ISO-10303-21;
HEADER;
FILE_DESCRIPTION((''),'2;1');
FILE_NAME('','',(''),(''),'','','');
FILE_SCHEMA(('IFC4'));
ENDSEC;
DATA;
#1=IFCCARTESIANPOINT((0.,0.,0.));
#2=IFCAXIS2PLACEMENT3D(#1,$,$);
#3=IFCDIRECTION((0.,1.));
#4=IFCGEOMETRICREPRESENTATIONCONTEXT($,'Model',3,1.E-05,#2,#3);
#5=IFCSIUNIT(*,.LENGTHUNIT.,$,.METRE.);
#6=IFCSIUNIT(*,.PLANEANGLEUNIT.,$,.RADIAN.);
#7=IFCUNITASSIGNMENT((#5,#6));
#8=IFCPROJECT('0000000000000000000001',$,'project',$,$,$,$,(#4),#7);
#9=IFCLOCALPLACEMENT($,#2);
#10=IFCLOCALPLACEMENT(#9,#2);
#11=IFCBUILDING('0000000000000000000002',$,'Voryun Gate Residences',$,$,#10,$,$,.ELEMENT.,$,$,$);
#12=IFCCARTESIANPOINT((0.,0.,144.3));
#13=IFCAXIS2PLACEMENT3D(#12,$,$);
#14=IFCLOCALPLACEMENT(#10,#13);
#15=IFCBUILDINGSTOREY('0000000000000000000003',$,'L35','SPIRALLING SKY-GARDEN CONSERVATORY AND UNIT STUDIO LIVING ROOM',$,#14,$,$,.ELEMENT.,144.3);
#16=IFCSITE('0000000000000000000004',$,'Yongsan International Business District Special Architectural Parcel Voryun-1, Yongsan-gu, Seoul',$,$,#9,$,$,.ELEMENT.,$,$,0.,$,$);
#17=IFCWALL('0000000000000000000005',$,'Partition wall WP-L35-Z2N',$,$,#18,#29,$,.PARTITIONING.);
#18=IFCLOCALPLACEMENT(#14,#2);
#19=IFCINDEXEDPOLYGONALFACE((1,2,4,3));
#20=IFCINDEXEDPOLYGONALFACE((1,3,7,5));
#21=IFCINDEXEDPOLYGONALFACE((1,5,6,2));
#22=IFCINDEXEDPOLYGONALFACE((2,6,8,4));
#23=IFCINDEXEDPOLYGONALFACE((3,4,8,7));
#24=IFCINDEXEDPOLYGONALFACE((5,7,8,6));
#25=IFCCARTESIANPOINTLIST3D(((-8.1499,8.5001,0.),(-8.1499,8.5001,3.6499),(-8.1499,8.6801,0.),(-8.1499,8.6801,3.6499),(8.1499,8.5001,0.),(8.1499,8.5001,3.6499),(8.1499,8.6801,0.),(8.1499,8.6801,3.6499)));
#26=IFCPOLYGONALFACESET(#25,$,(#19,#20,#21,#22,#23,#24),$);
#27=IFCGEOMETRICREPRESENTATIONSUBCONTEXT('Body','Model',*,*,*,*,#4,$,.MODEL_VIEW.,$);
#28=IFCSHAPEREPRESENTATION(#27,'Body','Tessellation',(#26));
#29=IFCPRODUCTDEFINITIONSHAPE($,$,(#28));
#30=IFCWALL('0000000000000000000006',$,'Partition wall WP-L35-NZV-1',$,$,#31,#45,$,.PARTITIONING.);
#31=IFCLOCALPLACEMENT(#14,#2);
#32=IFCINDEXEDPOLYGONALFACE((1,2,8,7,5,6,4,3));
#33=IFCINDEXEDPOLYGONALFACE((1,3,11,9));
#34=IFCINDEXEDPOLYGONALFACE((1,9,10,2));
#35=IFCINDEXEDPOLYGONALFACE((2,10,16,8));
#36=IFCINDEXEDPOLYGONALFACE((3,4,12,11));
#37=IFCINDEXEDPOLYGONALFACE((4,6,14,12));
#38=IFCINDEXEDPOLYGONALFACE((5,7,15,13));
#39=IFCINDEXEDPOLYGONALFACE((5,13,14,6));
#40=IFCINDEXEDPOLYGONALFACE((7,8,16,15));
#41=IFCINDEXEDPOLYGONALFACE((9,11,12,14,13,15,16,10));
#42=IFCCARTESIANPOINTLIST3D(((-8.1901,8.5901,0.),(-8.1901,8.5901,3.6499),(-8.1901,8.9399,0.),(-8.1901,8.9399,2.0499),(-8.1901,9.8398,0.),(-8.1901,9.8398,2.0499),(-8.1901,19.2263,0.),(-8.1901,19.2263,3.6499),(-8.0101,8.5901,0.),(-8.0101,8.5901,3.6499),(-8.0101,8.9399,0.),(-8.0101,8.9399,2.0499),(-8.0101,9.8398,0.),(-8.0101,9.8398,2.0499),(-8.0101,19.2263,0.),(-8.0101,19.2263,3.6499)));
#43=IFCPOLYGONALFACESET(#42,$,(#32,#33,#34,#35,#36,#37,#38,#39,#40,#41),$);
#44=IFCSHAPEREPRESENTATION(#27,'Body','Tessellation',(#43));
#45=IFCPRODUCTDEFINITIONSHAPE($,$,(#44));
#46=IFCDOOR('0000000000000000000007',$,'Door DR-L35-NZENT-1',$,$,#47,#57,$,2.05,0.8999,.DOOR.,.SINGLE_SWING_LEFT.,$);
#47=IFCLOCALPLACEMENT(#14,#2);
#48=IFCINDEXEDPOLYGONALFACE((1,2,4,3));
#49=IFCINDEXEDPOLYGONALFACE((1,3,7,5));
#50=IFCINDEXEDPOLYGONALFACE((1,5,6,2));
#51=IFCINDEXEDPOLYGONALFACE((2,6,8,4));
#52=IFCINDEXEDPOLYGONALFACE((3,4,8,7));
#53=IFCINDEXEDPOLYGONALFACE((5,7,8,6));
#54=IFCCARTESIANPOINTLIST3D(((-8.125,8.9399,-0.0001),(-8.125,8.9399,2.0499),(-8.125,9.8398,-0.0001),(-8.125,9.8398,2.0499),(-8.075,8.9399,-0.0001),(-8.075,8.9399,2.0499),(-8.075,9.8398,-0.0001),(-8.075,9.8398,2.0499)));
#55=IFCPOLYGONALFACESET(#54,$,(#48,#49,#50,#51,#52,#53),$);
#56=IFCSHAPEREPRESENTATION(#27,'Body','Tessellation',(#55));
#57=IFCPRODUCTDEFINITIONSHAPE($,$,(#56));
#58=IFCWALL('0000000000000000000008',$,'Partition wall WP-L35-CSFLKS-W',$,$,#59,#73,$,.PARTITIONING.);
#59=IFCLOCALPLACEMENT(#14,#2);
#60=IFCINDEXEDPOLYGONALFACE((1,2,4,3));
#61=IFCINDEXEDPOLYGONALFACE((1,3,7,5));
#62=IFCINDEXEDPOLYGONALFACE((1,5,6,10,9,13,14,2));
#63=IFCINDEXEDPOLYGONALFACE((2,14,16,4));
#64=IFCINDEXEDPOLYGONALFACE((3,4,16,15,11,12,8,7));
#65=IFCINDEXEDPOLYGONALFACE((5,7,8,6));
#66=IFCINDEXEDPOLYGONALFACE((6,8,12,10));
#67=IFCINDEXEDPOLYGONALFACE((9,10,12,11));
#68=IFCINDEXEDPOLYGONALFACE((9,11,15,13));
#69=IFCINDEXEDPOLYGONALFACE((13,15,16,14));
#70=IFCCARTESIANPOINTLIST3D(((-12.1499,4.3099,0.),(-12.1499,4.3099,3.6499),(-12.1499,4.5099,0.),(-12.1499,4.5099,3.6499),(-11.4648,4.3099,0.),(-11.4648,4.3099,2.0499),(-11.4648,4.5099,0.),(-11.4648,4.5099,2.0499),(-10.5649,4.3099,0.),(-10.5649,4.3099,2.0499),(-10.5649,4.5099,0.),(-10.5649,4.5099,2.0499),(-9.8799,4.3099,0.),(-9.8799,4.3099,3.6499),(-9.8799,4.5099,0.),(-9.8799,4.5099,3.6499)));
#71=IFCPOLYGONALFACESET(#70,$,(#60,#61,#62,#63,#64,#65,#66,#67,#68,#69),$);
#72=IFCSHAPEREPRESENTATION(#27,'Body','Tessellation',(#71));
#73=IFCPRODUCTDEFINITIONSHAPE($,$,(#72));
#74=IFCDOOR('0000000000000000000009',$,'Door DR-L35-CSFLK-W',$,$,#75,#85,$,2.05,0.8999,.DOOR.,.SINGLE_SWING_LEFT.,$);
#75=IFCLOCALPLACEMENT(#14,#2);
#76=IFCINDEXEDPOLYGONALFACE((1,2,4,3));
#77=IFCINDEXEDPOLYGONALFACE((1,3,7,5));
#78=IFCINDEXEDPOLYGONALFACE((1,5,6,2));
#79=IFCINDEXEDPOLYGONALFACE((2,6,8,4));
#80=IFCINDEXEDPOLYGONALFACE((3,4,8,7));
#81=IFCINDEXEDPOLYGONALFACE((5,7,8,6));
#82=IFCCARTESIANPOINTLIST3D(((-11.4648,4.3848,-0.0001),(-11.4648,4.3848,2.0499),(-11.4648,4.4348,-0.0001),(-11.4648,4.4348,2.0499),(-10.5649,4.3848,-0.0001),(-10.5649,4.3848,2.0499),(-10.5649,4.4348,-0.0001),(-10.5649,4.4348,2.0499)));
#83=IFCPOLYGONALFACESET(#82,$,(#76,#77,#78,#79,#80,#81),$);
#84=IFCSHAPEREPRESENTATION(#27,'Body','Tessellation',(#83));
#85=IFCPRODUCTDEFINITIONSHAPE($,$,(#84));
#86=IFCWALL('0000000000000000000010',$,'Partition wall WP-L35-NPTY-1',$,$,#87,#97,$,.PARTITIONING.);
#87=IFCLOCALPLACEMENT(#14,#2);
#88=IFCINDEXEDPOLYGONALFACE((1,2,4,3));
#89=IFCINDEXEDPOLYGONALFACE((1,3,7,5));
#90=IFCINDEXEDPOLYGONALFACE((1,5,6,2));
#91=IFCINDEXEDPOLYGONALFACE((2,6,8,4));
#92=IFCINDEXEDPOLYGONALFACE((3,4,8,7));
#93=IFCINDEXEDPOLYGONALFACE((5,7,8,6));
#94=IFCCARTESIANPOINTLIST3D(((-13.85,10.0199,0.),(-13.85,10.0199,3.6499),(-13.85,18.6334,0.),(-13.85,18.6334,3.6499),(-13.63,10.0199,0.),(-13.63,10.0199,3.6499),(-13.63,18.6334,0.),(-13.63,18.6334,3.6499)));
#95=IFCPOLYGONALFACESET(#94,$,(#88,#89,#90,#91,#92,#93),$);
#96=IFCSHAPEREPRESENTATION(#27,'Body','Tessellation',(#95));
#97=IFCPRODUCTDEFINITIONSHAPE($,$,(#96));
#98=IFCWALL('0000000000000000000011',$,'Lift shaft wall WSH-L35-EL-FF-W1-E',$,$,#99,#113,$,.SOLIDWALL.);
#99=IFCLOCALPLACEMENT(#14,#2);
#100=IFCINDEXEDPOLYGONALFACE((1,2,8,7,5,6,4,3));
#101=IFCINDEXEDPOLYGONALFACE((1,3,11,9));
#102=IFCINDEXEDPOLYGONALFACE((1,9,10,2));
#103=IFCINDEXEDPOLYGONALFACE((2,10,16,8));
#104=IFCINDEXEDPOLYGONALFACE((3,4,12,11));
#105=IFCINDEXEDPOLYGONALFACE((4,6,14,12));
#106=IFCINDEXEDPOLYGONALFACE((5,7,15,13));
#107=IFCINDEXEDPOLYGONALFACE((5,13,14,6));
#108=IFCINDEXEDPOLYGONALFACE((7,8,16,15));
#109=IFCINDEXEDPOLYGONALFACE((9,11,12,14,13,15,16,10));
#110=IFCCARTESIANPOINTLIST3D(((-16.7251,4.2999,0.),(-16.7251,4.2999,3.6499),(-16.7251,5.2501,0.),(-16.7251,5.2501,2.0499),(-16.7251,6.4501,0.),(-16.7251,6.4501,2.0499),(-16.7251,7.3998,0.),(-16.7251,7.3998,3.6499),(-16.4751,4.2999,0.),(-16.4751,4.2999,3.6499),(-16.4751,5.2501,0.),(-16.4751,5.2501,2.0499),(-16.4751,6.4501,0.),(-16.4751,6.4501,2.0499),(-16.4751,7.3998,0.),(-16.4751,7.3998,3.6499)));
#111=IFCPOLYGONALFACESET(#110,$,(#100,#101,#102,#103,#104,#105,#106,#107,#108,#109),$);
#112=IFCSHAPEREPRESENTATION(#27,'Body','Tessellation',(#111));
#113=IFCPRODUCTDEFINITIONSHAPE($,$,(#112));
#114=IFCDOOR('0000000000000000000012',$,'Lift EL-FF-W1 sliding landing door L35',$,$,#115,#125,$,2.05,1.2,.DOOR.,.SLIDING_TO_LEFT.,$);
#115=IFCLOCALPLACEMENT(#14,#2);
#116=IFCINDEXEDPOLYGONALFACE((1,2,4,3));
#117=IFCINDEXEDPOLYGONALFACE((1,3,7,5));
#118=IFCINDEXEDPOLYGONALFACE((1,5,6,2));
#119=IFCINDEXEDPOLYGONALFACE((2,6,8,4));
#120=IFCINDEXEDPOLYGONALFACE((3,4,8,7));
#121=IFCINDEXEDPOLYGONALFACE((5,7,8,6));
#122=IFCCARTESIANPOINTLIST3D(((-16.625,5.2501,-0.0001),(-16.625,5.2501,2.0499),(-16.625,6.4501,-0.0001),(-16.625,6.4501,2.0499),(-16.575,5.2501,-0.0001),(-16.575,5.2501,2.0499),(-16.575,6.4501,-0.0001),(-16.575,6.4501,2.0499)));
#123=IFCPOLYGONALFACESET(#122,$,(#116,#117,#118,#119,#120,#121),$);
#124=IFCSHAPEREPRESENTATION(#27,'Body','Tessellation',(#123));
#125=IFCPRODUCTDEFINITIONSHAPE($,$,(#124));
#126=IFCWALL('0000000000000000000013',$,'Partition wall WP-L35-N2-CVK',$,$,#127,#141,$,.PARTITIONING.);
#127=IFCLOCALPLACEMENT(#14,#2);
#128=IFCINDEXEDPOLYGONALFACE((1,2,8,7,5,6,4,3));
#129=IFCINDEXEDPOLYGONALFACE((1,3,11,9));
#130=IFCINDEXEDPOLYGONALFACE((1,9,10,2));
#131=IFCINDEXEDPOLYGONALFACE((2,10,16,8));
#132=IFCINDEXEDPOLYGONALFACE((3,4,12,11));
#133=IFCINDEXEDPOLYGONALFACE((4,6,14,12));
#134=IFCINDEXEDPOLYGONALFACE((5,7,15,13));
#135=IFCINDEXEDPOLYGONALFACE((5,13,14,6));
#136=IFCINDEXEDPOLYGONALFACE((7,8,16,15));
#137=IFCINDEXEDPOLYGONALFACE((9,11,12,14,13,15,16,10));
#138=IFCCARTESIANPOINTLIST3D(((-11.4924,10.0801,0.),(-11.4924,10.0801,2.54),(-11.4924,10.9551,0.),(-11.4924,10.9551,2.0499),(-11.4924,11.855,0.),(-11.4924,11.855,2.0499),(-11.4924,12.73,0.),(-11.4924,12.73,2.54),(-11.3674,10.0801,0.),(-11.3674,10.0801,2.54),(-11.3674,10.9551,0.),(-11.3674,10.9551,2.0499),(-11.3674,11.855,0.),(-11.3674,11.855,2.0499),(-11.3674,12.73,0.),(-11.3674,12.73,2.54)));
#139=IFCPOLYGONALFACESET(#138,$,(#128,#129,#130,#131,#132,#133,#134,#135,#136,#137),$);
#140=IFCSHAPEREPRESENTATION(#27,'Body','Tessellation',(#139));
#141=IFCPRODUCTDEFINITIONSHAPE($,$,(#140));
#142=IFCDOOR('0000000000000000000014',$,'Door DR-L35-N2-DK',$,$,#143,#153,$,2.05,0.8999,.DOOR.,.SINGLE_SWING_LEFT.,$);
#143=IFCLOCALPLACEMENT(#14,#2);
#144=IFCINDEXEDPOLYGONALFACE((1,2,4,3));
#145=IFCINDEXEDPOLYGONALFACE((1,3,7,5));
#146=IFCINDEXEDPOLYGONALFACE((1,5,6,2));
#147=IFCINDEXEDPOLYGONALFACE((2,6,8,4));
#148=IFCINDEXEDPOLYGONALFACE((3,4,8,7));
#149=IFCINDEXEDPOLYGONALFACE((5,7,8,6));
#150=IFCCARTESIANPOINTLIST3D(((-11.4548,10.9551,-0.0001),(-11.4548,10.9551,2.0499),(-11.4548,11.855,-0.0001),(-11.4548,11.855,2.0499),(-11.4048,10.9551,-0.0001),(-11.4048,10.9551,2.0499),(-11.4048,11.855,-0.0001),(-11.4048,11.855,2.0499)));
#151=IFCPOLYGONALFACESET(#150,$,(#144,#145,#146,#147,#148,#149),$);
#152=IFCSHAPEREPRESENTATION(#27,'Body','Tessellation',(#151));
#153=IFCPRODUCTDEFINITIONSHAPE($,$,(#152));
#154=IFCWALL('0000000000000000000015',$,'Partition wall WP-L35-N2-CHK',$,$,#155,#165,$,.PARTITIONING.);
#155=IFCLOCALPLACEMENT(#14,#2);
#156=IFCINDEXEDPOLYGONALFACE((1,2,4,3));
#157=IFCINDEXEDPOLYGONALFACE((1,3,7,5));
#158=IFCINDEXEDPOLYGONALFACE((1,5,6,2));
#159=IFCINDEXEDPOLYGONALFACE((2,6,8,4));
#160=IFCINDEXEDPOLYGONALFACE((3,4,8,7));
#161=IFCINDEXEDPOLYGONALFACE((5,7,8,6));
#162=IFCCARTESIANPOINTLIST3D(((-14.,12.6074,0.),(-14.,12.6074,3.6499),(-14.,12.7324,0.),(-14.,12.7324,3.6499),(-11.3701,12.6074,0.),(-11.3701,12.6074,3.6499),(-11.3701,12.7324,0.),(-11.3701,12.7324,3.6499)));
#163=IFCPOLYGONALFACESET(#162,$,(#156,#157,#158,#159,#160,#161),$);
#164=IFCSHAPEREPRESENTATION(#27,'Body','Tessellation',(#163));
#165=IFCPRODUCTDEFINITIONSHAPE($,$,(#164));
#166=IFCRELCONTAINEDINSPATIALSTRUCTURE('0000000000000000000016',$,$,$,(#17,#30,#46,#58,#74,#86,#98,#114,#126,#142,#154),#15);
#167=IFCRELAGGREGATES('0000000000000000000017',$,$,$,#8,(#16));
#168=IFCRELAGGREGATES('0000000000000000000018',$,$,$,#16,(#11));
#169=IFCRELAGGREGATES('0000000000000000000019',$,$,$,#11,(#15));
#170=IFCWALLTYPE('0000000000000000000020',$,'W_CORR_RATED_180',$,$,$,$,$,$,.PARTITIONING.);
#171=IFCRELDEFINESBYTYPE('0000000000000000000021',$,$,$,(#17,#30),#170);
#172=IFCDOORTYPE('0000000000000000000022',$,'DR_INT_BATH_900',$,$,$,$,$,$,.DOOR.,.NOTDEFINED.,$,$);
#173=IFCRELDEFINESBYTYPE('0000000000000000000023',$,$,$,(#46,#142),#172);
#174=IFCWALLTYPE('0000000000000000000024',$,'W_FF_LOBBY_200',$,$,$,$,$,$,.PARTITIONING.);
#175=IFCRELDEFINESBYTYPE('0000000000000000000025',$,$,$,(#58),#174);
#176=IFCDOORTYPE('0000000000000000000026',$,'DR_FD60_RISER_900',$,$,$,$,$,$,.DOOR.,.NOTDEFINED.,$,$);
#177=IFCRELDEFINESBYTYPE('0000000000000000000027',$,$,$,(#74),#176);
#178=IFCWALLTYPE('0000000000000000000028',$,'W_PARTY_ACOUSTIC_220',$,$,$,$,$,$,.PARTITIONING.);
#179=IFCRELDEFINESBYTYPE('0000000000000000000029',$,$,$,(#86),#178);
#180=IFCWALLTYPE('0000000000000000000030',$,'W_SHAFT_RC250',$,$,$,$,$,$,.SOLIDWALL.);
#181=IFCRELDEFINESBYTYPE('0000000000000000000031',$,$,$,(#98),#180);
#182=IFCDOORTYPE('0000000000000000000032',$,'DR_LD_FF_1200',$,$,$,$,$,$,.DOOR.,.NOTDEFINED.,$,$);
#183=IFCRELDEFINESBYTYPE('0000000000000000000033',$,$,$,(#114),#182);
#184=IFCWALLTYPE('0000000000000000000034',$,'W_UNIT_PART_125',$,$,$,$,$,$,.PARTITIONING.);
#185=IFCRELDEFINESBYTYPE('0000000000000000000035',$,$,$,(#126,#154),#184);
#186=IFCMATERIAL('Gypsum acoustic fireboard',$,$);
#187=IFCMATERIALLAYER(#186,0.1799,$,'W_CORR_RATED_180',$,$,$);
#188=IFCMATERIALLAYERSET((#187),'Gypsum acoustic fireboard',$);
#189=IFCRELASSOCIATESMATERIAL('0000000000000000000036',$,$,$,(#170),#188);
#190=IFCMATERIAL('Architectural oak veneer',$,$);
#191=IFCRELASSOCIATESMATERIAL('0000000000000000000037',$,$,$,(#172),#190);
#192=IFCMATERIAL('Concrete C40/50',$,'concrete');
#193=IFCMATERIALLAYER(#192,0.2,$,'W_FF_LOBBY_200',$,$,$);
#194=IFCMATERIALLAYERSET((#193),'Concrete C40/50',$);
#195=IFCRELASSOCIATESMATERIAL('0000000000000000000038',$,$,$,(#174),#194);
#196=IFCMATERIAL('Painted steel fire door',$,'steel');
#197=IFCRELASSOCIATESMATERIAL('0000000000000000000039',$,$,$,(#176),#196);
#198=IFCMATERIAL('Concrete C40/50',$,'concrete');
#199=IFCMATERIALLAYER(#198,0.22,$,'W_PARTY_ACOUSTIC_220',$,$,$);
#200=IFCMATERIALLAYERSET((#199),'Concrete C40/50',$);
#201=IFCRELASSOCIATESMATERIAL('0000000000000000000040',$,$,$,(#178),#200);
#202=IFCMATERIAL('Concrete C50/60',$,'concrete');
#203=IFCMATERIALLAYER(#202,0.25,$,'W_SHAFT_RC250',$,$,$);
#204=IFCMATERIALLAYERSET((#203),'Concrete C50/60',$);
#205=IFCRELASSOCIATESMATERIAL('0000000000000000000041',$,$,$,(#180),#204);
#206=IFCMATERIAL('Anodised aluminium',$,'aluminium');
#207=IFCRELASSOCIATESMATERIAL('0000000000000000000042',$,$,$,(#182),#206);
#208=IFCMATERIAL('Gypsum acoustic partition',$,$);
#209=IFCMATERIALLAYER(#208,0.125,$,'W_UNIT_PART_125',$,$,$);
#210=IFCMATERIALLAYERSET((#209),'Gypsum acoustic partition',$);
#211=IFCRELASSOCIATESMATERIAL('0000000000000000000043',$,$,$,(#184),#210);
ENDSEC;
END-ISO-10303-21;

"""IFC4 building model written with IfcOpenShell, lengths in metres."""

from ifc_helpers import new_model, si_unit, direction, frame, frame_2d, origin, place, context, subcontext, project, spatial, rectangle, extrude, material, layer, layer_set, type_object, element, fill, save


model = new_model("IFC4")

# Units and contexts
model_context = context("Model", 3, precision=1e-05, world=origin(), true_north=direction((0.0, 1.0)))
body_context = subcontext(model_context, "Body", "Model", "MODEL_VIEW")
ifc_project = project(units=[si_unit("LENGTHUNIT", "METRE"), si_unit("PLANEANGLEUNIT", "RADIAN")], contexts=[model_context])

# Site, building, storey
site_placement = place(None, origin())
site = spatial("IfcSite", under=ifc_project, at=site_placement, Name="Yongsan International Business District Special Architectural Parcel Voryun-1, Yongsan-gu, Seoul", CompositionType="ELEMENT", RefElevation=0.0)
building_placement = place(site_placement, origin())
building = spatial("IfcBuilding", under=site, at=building_placement, Name="Voryun Gate Residences", CompositionType="ELEMENT")
storey_placement = place(building_placement, frame((0.0, 0.0, 144.3)))
storey = spatial("IfcBuildingStorey", under=building, at=storey_placement, Name="L35", Description="SPIRALLING SKY-GARDEN CONSERVATORY AND UNIT STUDIO LIVING ROOM", CompositionType="ELEMENT", Elevation=144.3)

# Wall
ifc_material_1 = material(Name="Gypsum acoustic fireboard")
ifc_layer_1 = layer(ifc_material_1, 0.1799, Name="W_CORR_RATED_180")
ifc_layer_set_1 = layer_set([ifc_layer_1], Name="Gypsum acoustic fireboard")
wall_type_1 = type_object("IfcWallType", Name="W_CORR_RATED_180", PredefinedType="PARTITIONING", material=ifc_layer_set_1)
wall_1_placement = place(storey_placement, frame((-8.1499, 8.5901, 0.0), z_axis=(0.0, 0.0, 1.0), x_axis=(1.0, 0.0, 0.0)))
element("IfcWall", 1, at=wall_1_placement, inside=storey, type_object=wall_type_1, Name="Partition wall WP-L35-Z2N", PredefinedType="PARTITIONING", context=body_context, shape_type="SweptSolid", body=[
    extrude(rectangle(XDim=16.2998, YDim=0.1799, at=frame_2d((8.1499, 0.0))), origin(), (0.0, 0.0, 1.0), 3.6499),
])

# Walls, openings, doors
wall_2_placement = place(storey_placement, frame((-8.1001, 8.5901, 0.0), z_axis=(0.0, 0.0, 1.0), x_axis=(0.0, 1.0, 0.0)))
wall_2 = element("IfcWall", 2, at=wall_2_placement, inside=storey, type_object=wall_type_1, Name="Partition wall WP-L35-NZV-1", PredefinedType="PARTITIONING", context=body_context, shape_type="SweptSolid", body=[
    extrude(rectangle(XDim=10.6362, YDim=0.1799, at=frame_2d((5.3181, 0.0))), origin(), (0.0, 0.0, 1.0), 3.6499),
])
opening_1_placement = place(wall_2_placement, frame((0.3499, 0.0, 0.0)))
opening_1 = element("IfcOpeningElement", 3, at=opening_1_placement, cuts=wall_2, PredefinedType="OPENING", context=body_context, shape_type="SweptSolid", body=[
    extrude(rectangle(XDim=0.8999, YDim=2.05, at=frame_2d((0.45, 1.0249))), frame((0.0, 0.0999, 0.0), z_axis=(0.0, -1.0, 0.0), x_axis=(1.0, 0.0, 0.0)), (0.0, 0.0, 1.0), 0.2),
])
ifc_material_2 = material(Name="Architectural oak veneer")
door_type_1 = type_object("IfcDoorType", Name="DR_INT_BATH_900", OperationType="NOTDEFINED", PredefinedType="DOOR", material=ifc_material_2)
door_1_placement = place(opening_1_placement, origin())
door_1 = element("IfcDoor", 4, at=door_1_placement, inside=storey, type_object=door_type_1, Name="Door DR-L35-NZENT-1", OperationType="SINGLE_SWING_LEFT", OverallHeight=2.05, OverallWidth=0.8999, PredefinedType="DOOR", context=body_context, shape_type="SweptSolid", body=[
    extrude(rectangle(XDim=0.8999, YDim=2.05, at=frame_2d((0.45, 1.0249))), frame((0.0, 0.0249, 0.0), z_axis=(0.0, -1.0, 0.0), x_axis=(1.0, 0.0, 0.0)), (0.0, 0.0, 1.0), 0.05),
])
fill(opening_1, door_1)
ifc_material_3 = material(Name="Concrete C40/50", Category="concrete")
ifc_layer_2 = layer(ifc_material_3, 0.2, Name="W_FF_LOBBY_200")
ifc_layer_set_2 = layer_set([ifc_layer_2], Name="Concrete C40/50")
wall_type_2 = type_object("IfcWallType", Name="W_FF_LOBBY_200", PredefinedType="PARTITIONING", material=ifc_layer_set_2)
wall_3_placement = place(storey_placement, frame((-12.1499, 4.4099, 0.0), z_axis=(0.0, 0.0, 1.0), x_axis=(1.0, 0.0, 0.0)))
wall_3 = element("IfcWall", 5, at=wall_3_placement, inside=storey, type_object=wall_type_2, Name="Partition wall WP-L35-CSFLKS-W", PredefinedType="PARTITIONING", context=body_context, shape_type="SweptSolid", body=[
    extrude(rectangle(XDim=2.27, YDim=0.2, at=frame_2d((1.135, 0.0))), origin(), (0.0, 0.0, 1.0), 3.6499),
])
opening_2_placement = place(wall_3_placement, frame((0.6851, 0.0, 0.0)))
opening_2 = element("IfcOpeningElement", 6, at=opening_2_placement, cuts=wall_3, PredefinedType="OPENING", context=body_context, shape_type="SweptSolid", body=[
    extrude(rectangle(XDim=0.8999, YDim=2.05, at=frame_2d((0.45, 1.0249))), frame((0.0, 0.1101, 0.0), z_axis=(0.0, -1.0, 0.0), x_axis=(1.0, 0.0, 0.0)), (0.0, 0.0, 1.0), 0.22),
])
ifc_material_4 = material(Name="Painted steel fire door", Category="steel")
door_type_2 = type_object("IfcDoorType", Name="DR_FD60_RISER_900", OperationType="NOTDEFINED", PredefinedType="DOOR", material=ifc_material_4)
door_2_placement = place(opening_2_placement, origin())
door_2 = element("IfcDoor", 7, at=door_2_placement, inside=storey, type_object=door_type_2, Name="Door DR-L35-CSFLK-W", OperationType="SINGLE_SWING_LEFT", OverallHeight=2.05, OverallWidth=0.8999, PredefinedType="DOOR", context=body_context, shape_type="SweptSolid", body=[
    extrude(rectangle(XDim=0.8999, YDim=2.05, at=frame_2d((0.45, 1.0249))), frame((0.0, 0.0249, 0.0), z_axis=(0.0, -1.0, 0.0), x_axis=(1.0, 0.0, 0.0)), (0.0, 0.0, 1.0), 0.05),
])
fill(opening_2, door_2)

# Wall
ifc_material_5 = material(Name="Concrete C40/50", Category="concrete")
ifc_layer_3 = layer(ifc_material_5, 0.22, Name="W_PARTY_ACOUSTIC_220")
ifc_layer_set_3 = layer_set([ifc_layer_3], Name="Concrete C40/50")
wall_type_3 = type_object("IfcWallType", Name="W_PARTY_ACOUSTIC_220", PredefinedType="PARTITIONING", material=ifc_layer_set_3)
wall_4_placement = place(storey_placement, frame((-13.74, 10.02, 0.0), z_axis=(0.0, 0.0, 1.0), x_axis=(0.0, 1.0, 0.0)))
element("IfcWall", 8, at=wall_4_placement, inside=storey, type_object=wall_type_3, Name="Partition wall WP-L35-NPTY-1", PredefinedType="PARTITIONING", context=body_context, shape_type="SweptSolid", body=[
    extrude(rectangle(XDim=8.6135, YDim=0.22, at=frame_2d((4.3066, 0.0))), origin(), (0.0, 0.0, 1.0), 3.6499),
])

# Walls, openings, doors
ifc_material_6 = material(Name="Concrete C50/60", Category="concrete")
ifc_layer_4 = layer(ifc_material_6, 0.25, Name="W_SHAFT_RC250")
ifc_layer_set_4 = layer_set([ifc_layer_4], Name="Concrete C50/60")
wall_type_4 = type_object("IfcWallType", Name="W_SHAFT_RC250", PredefinedType="SOLIDWALL", material=ifc_layer_set_4)
wall_5_placement = place(storey_placement, frame((-16.6001, 4.3, 0.0), z_axis=(0.0, 0.0, 1.0), x_axis=(0.0, 1.0, 0.0)))
wall_5 = element("IfcWall", 9, at=wall_5_placement, inside=storey, type_object=wall_type_4, Name="Lift shaft wall WSH-L35-EL-FF-W1-E", PredefinedType="SOLIDWALL", context=body_context, shape_type="SweptSolid", body=[
    extrude(rectangle(XDim=3.0999, YDim=0.25, at=frame_2d((1.5498, 0.0))), origin(), (0.0, 0.0, 1.0), 3.6499),
])
opening_3_placement = place(wall_5_placement, frame((0.95, 0.0, 0.0)))
opening_3 = element("IfcOpeningElement", 10, at=opening_3_placement, cuts=wall_5, PredefinedType="OPENING", context=body_context, shape_type="SweptSolid", body=[
    extrude(rectangle(XDim=1.2, YDim=2.05, at=frame_2d((0.6001, 1.0249))), frame((0.0, 0.135, 0.0), z_axis=(0.0, -1.0, 0.0), x_axis=(1.0, 0.0, 0.0)), (0.0, 0.0, 1.0), 0.27),
])
ifc_material_7 = material(Name="Anodised aluminium", Category="aluminium")
door_type_3 = type_object("IfcDoorType", Name="DR_LD_FF_1200", OperationType="NOTDEFINED", PredefinedType="DOOR", material=ifc_material_7)
door_3_placement = place(opening_3_placement, origin())
door_3 = element("IfcDoor", 11, at=door_3_placement, inside=storey, type_object=door_type_3, Name="Lift EL-FF-W1 sliding landing door L35", OperationType="SLIDING_TO_LEFT", OverallHeight=2.05, OverallWidth=1.2, PredefinedType="DOOR", context=body_context, shape_type="SweptSolid", body=[
    extrude(rectangle(XDim=1.2, YDim=2.05, at=frame_2d((0.6001, 1.0249))), frame((0.0, 0.0249, 0.0), z_axis=(0.0, -1.0, 0.0), x_axis=(1.0, 0.0, 0.0)), (0.0, 0.0, 1.0), 0.05),
])
fill(opening_3, door_3)
ifc_material_8 = material(Name="Gypsum acoustic partition")
ifc_layer_5 = layer(ifc_material_8, 0.125, Name="W_UNIT_PART_125")
ifc_layer_set_5 = layer_set([ifc_layer_5], Name="Gypsum acoustic partition")
wall_type_5 = type_object("IfcWallType", Name="W_UNIT_PART_125", PredefinedType="PARTITIONING", material=ifc_layer_set_5)
wall_6_placement = place(storey_placement, frame((-11.4299, 10.0801, 0.0), z_axis=(0.0, 0.0, 1.0), x_axis=(0.0, 1.0, 0.0)))
wall_6 = element("IfcWall", 12, at=wall_6_placement, inside=storey, type_object=wall_type_5, Name="Partition wall WP-L35-N2-CVK", PredefinedType="PARTITIONING", context=body_context, shape_type="SweptSolid", body=[
    extrude(rectangle(XDim=2.6499, YDim=0.125, at=frame_2d((1.325, 0.0))), origin(), (0.0, 0.0, 1.0), 2.54),
])
opening_4_placement = place(wall_6_placement, frame((0.875, 0.0, 0.0)))
opening_4 = element("IfcOpeningElement", 13, at=opening_4_placement, cuts=wall_6, PredefinedType="OPENING", context=body_context, shape_type="SweptSolid", body=[
    extrude(rectangle(XDim=0.8999, YDim=2.05, at=frame_2d((0.45, 1.0249))), frame((0.0, 0.0725, 0.0), z_axis=(0.0, -1.0, 0.0), x_axis=(1.0, 0.0, 0.0)), (0.0, 0.0, 1.0), 0.145),
])
door_4_placement = place(opening_4_placement, origin())
door_4 = element("IfcDoor", 14, at=door_4_placement, inside=storey, type_object=door_type_1, Name="Door DR-L35-N2-DK", OperationType="SINGLE_SWING_LEFT", OverallHeight=2.05, OverallWidth=0.8999, PredefinedType="DOOR", context=body_context, shape_type="SweptSolid", body=[
    extrude(rectangle(XDim=0.8999, YDim=2.05, at=frame_2d((0.45, 1.0249))), frame((0.0, 0.0249, 0.0), z_axis=(0.0, -1.0, 0.0), x_axis=(1.0, 0.0, 0.0)), (0.0, 0.0, 1.0), 0.05),
])
fill(opening_4, door_4)

# Wall
wall_7_placement = place(storey_placement, frame((-14.0, 12.6699, 0.0), z_axis=(0.0, 0.0, 1.0), x_axis=(1.0, 0.0, 0.0)))
element("IfcWall", 15, at=wall_7_placement, inside=storey, type_object=wall_type_5, Name="Partition wall WP-L35-N2-CHK", PredefinedType="PARTITIONING", context=body_context, shape_type="SweptSolid", body=[
    extrude(rectangle(XDim=2.6299, YDim=0.125, at=frame_2d((1.3149, 0.0))), origin(), (0.0, 0.0, 1.0), 3.6499),
])

save(model, "model.ifc")
